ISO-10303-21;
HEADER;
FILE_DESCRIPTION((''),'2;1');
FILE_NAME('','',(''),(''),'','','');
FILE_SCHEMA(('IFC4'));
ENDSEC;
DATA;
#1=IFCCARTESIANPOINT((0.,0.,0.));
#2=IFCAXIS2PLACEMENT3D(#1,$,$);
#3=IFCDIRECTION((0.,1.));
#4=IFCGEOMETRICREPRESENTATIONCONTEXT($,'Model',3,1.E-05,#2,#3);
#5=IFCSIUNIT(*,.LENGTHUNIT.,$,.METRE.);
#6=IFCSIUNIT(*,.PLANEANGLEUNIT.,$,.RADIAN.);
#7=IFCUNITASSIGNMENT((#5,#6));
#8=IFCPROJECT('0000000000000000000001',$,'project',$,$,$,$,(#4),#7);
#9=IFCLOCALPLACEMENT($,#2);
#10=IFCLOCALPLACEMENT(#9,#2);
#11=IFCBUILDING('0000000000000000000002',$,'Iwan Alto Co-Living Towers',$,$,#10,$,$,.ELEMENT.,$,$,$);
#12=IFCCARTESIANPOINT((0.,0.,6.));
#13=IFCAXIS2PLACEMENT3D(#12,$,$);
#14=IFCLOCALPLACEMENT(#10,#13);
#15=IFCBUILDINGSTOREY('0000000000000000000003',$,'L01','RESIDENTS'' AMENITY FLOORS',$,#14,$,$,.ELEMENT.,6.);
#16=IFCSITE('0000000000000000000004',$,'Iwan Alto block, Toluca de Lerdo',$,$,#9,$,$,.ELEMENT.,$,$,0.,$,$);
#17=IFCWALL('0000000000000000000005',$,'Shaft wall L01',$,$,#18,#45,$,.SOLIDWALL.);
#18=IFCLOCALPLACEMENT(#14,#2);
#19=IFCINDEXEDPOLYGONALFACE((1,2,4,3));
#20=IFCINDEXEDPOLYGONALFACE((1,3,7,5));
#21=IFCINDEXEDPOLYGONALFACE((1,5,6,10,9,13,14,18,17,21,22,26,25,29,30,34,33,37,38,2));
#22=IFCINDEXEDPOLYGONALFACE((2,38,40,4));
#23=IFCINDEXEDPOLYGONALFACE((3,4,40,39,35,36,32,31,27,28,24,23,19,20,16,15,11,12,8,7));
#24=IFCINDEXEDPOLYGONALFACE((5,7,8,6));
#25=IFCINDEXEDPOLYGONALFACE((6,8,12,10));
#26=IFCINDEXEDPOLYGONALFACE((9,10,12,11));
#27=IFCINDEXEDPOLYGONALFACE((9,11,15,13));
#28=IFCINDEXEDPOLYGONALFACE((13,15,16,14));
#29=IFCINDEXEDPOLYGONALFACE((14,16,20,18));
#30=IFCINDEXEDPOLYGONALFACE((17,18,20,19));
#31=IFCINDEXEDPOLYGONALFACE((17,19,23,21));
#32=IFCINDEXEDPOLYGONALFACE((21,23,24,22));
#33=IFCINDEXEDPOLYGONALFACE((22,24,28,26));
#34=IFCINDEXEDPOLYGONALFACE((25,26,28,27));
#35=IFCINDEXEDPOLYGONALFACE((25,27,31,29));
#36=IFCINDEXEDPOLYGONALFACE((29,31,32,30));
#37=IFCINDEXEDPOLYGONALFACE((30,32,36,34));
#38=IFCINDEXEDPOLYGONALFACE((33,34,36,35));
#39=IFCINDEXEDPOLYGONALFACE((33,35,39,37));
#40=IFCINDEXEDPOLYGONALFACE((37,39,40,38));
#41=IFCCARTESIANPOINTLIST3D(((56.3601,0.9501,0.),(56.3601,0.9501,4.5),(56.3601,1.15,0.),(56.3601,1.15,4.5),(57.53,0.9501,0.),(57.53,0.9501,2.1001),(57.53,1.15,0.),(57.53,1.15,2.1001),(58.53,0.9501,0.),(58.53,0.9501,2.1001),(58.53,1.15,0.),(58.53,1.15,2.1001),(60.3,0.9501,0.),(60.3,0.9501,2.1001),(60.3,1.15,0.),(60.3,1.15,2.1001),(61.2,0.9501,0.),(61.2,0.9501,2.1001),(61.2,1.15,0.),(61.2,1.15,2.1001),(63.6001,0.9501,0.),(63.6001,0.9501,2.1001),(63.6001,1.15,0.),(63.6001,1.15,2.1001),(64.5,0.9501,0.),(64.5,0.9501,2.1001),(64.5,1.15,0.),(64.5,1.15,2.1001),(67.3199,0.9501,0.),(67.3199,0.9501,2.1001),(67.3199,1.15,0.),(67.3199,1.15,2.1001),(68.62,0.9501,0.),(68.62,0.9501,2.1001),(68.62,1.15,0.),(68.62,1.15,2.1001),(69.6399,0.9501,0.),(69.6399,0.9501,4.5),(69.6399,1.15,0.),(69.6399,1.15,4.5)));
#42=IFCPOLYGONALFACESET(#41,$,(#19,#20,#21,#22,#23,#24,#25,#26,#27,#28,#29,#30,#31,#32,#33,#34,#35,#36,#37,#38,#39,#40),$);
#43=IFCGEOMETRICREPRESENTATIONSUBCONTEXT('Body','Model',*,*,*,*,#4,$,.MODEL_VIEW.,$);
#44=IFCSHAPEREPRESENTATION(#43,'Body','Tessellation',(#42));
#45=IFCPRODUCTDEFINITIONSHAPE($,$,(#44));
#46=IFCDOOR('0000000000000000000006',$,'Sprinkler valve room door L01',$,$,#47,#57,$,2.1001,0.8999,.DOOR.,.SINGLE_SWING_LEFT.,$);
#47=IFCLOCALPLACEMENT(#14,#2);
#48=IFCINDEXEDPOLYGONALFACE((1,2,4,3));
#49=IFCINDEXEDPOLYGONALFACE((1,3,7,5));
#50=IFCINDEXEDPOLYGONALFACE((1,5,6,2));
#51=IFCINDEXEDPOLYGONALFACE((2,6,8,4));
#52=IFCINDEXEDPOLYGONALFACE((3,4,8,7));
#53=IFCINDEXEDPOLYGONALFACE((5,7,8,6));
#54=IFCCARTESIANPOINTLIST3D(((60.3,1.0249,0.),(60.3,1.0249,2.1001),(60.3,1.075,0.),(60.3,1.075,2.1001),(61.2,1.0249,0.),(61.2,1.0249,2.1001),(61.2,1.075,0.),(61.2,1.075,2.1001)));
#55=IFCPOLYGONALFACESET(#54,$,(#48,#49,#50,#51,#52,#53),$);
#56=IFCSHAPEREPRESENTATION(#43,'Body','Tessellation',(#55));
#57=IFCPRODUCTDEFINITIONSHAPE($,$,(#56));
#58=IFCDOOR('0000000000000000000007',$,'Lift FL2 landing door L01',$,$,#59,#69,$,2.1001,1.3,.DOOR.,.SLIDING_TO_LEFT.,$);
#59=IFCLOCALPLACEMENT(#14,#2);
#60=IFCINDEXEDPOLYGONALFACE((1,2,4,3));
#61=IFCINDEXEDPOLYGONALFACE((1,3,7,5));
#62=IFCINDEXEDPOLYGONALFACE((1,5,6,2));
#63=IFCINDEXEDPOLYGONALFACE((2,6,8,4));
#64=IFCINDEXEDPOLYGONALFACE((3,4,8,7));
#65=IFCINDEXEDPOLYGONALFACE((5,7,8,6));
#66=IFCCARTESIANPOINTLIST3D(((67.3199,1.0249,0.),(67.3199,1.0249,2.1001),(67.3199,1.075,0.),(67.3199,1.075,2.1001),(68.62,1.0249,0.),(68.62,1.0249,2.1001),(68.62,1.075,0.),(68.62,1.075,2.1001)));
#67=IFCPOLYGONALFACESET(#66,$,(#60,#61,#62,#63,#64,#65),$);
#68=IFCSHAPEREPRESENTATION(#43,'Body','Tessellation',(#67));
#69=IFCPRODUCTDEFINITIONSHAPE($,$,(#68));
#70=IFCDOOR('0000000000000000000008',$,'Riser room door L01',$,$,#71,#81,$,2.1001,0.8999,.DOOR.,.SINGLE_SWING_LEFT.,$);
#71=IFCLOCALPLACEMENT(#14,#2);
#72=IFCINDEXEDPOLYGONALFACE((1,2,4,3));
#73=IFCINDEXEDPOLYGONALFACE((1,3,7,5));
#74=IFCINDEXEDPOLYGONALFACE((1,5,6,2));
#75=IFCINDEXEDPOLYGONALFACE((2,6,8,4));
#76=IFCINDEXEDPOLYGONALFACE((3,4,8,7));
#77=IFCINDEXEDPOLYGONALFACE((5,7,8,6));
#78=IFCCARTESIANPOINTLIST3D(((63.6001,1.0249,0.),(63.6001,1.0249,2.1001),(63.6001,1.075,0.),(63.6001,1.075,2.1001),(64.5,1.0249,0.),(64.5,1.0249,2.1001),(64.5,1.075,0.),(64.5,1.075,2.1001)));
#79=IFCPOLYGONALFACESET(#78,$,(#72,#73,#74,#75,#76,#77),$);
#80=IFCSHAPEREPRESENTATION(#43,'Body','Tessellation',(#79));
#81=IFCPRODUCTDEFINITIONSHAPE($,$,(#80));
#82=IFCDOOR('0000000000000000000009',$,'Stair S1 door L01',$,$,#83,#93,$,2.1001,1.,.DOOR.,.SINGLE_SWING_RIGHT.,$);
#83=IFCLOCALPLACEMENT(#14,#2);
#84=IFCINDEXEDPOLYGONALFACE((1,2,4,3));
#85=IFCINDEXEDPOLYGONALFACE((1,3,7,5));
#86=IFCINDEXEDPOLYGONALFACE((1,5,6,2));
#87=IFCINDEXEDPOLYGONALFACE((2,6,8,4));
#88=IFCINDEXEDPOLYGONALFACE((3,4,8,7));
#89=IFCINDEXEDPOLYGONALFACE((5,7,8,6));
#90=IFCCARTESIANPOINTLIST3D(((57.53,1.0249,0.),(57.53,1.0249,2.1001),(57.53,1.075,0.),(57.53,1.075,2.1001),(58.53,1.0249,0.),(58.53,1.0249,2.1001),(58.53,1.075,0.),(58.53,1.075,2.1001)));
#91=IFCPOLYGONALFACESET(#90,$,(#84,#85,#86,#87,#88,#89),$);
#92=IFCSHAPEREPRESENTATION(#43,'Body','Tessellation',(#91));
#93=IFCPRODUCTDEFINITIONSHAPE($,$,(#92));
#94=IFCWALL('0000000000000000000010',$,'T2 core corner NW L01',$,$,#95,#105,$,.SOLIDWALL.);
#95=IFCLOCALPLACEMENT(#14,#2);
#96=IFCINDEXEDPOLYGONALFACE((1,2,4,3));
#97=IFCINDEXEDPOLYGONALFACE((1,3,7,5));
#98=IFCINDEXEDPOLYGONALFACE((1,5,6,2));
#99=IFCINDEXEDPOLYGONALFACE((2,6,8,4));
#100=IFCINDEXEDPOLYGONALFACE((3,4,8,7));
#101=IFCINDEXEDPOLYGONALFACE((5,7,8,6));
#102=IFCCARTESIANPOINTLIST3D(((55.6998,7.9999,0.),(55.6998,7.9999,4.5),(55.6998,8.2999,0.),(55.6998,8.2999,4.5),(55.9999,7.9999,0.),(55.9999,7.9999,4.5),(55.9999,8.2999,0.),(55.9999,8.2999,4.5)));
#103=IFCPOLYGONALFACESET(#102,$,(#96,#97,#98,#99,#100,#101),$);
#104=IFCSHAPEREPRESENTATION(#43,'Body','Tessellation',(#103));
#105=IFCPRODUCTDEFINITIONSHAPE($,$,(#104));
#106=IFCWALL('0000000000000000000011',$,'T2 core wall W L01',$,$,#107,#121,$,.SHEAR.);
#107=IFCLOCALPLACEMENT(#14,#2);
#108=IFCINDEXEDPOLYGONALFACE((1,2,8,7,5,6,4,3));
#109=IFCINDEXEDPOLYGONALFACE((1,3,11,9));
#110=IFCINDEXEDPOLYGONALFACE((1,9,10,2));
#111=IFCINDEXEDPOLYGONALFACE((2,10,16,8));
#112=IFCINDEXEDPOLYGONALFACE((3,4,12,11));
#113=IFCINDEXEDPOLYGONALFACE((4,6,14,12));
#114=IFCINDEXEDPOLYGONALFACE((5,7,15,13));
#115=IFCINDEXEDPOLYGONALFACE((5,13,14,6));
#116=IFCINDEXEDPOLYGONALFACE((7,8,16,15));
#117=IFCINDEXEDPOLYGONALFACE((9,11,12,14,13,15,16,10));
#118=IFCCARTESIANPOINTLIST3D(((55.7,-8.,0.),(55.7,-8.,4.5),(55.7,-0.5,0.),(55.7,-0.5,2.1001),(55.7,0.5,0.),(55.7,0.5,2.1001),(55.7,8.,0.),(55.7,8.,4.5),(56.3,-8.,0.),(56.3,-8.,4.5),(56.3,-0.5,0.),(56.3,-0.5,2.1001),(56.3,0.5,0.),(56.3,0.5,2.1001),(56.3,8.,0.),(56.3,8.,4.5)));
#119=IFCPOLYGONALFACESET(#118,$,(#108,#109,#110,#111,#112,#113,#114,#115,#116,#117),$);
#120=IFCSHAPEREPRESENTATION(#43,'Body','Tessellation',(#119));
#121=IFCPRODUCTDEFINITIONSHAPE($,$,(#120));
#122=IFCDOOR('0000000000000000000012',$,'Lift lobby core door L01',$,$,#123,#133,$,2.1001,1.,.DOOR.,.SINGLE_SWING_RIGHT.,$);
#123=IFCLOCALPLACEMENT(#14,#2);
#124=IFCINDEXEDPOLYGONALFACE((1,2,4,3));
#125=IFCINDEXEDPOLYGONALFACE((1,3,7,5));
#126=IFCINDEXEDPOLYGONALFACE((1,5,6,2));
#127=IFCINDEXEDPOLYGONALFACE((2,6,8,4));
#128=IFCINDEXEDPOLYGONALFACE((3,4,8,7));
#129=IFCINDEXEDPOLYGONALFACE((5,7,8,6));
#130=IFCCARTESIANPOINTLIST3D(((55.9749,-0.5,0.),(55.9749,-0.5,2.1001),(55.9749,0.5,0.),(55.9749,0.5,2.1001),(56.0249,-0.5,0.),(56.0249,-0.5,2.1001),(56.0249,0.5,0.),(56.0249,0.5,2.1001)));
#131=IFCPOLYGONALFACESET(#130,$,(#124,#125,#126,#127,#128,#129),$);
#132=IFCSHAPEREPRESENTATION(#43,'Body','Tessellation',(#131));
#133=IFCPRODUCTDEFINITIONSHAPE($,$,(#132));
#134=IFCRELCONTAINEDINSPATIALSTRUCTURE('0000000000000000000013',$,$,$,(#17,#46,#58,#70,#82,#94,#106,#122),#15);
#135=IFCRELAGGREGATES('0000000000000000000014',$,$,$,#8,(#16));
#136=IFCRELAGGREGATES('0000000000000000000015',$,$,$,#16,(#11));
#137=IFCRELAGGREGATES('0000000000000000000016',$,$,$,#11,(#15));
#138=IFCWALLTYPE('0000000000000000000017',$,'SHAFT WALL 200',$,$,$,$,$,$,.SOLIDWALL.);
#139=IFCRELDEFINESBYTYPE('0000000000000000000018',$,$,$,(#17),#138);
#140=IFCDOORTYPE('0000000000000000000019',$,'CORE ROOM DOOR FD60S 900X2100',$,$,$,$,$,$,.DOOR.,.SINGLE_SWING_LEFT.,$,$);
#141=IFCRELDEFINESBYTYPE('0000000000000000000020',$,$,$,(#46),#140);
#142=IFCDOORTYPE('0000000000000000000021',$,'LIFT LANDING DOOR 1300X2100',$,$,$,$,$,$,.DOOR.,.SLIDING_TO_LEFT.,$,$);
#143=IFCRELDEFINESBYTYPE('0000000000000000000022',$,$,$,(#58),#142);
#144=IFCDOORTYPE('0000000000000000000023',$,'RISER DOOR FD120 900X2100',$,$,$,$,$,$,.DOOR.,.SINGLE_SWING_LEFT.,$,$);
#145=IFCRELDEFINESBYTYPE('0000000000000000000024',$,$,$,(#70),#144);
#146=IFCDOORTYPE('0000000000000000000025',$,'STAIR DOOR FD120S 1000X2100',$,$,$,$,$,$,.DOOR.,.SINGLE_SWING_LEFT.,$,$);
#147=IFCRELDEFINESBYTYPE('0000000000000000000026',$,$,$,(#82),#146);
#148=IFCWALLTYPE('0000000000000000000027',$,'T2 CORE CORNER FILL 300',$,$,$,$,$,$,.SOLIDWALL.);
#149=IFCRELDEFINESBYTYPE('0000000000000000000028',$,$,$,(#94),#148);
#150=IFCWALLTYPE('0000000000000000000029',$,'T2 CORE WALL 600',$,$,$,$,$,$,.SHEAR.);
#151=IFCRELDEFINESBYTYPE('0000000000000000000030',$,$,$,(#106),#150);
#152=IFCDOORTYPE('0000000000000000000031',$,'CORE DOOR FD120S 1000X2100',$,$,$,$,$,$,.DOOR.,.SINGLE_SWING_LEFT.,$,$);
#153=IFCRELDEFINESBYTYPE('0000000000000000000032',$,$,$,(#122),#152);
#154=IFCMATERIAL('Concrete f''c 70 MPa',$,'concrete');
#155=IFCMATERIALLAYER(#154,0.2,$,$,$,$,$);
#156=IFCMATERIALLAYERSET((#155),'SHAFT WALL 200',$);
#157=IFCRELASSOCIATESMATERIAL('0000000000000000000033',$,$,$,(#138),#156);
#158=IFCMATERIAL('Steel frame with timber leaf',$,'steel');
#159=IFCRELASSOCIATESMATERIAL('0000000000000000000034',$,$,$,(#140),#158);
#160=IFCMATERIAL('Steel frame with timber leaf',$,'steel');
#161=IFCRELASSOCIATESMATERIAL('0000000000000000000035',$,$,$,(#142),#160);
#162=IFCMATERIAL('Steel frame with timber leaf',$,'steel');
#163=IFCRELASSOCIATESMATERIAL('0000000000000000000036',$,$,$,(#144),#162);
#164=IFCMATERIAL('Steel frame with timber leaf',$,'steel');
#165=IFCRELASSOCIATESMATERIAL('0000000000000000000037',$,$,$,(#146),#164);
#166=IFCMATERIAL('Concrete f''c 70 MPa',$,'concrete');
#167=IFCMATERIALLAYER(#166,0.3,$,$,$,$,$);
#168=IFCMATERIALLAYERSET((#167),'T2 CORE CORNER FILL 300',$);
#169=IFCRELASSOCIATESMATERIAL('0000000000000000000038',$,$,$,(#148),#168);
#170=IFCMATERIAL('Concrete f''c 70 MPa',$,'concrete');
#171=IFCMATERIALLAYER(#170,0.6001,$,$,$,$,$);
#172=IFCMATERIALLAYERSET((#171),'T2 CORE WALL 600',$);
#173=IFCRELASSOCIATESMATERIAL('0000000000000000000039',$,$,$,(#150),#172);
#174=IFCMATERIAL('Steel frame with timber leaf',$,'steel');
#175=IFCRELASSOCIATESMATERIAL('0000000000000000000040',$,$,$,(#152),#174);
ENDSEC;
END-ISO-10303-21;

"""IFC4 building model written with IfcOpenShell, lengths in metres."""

from ifc_helpers import new_model, si_unit, direction, frame, frame_2d, origin, place, context, subcontext, project, spatial, rectangle, extrude, material, layer, layer_set, type_object, element, fill, save


model = new_model("IFC4")

# Units and contexts
model_context = context("Model", 3, precision=1e-05, world=origin(), true_north=direction((0.0, 1.0)))
body_context = subcontext(model_context, "Body", "Model", "MODEL_VIEW")
ifc_project = project(units=[si_unit("LENGTHUNIT", "METRE"), si_unit("PLANEANGLEUNIT", "RADIAN")], contexts=[model_context])

# Site, building, storey
site_placement = place(None, origin())
site = spatial("IfcSite", under=ifc_project, at=site_placement, Name="Iwan Alto block, Toluca de Lerdo", CompositionType="ELEMENT", RefElevation=0.0)
building_placement = place(site_placement, origin())
building = spatial("IfcBuilding", under=site, at=building_placement, Name="Iwan Alto Co-Living Towers", CompositionType="ELEMENT")
storey_placement = place(building_placement, frame((0.0, 0.0, 6.0)))
storey = spatial("IfcBuildingStorey", under=building, at=storey_placement, Name="L01", Description="RESIDENTS' AMENITY FLOORS", CompositionType="ELEMENT", Elevation=6.0)

# Wall, openings, doors
ifc_material_1 = material(Name="Concrete f'c 70 MPa", Category="concrete")
ifc_layer_1 = layer(ifc_material_1, 0.2)
ifc_layer_set_1 = layer_set([ifc_layer_1], Name="SHAFT WALL 200")
wall_type_1 = type_object("IfcWallType", Name="SHAFT WALL 200", PredefinedType="SOLIDWALL", material=ifc_layer_set_1)
wall_1_placement = place(storey_placement, frame((56.3601, 1.05, 0.0), z_axis=(0.0, 0.0, 1.0), x_axis=(1.0, 0.0, 0.0)))
wall_1 = element("IfcWall", 1, at=wall_1_placement, inside=storey, type_object=wall_type_1, Name="Shaft wall L01", PredefinedType="SOLIDWALL", context=body_context, shape_type="SweptSolid", body=[
    extrude(rectangle(XDim=13.2798, YDim=0.2, at=frame_2d((6.6399, 0.0))), origin(), (0.0, 0.0, 1.0), 4.5),
])
opening_1_placement = place(wall_1_placement, frame((1.1699, 0.0, 0.0)))
opening_1 = element("IfcOpeningElement", 2, at=opening_1_placement, cuts=wall_1, PredefinedType="OPENING", context=body_context, shape_type="SweptSolid", body=[
    extrude(rectangle(XDim=1.0, YDim=2.1001, at=frame_2d((0.5, 1.05))), frame((0.0, 0.1099, 0.0), z_axis=(0.0, -1.0, 0.0), x_axis=(1.0, 0.0, 0.0)), (0.0, 0.0, 1.0), 0.22),
])
opening_2_placement = place(wall_1_placement, frame((7.24, 0.0, 0.0)))
opening_2 = element("IfcOpeningElement", 3, at=opening_2_placement, cuts=wall_1, PredefinedType="OPENING", context=body_context, shape_type="SweptSolid", body=[
    extrude(rectangle(XDim=0.8999, YDim=2.1001, at=frame_2d((0.45, 1.05))), frame((0.0, 0.1099, 0.0), z_axis=(0.0, -1.0, 0.0), x_axis=(1.0, 0.0, 0.0)), (0.0, 0.0, 1.0), 0.22),
])
opening_3_placement = place(wall_1_placement, frame((3.9399, 0.0, 0.0)))
opening_3 = element("IfcOpeningElement", 4, at=opening_3_placement, cuts=wall_1, PredefinedType="OPENING", context=body_context, shape_type="SweptSolid", body=[
    extrude(rectangle(XDim=0.8999, YDim=2.1001, at=frame_2d((0.45, 1.05))), frame((0.0, 0.1099, 0.0), z_axis=(0.0, -1.0, 0.0), x_axis=(1.0, 0.0, 0.0)), (0.0, 0.0, 1.0), 0.22),
])
opening_4_placement = place(wall_1_placement, frame((10.96, 0.0, 0.0)))
opening_4 = element("IfcOpeningElement", 5, at=opening_4_placement, cuts=wall_1, PredefinedType="OPENING", context=body_context, shape_type="SweptSolid", body=[
    extrude(rectangle(XDim=1.3, YDim=2.1001, at=frame_2d((0.6499, 1.05))), frame((0.0, 0.1099, 0.0), z_axis=(0.0, -1.0, 0.0), x_axis=(1.0, 0.0, 0.0)), (0.0, 0.0, 1.0), 0.22),
])
ifc_material_2 = material(Name="Steel frame with timber leaf", Category="steel")
door_type_1 = type_object("IfcDoorType", Name="CORE ROOM DOOR FD60S 900X2100", OperationType="SINGLE_SWING_LEFT", PredefinedType="DOOR", material=ifc_material_2)
door_1_placement = place(opening_3_placement, origin())
door_1 = element("IfcDoor", 6, at=door_1_placement, inside=storey, type_object=door_type_1, Name="Sprinkler valve room door L01", OperationType="SINGLE_SWING_LEFT", OverallHeight=2.1001, OverallWidth=0.8999, PredefinedType="DOOR", context=body_context, shape_type="SweptSolid", body=[
    extrude(rectangle(XDim=0.8999, YDim=2.1001, at=frame_2d((0.45, 1.05))), frame((0.0, 0.0249, 0.0), z_axis=(0.0, -1.0, 0.0), x_axis=(1.0, 0.0, 0.0)), (0.0, 0.0, 1.0), 0.05),
])
fill(opening_3, door_1)
ifc_material_3 = material(Name="Steel frame with timber leaf", Category="steel")
door_type_2 = type_object("IfcDoorType", Name="LIFT LANDING DOOR 1300X2100", OperationType="SLIDING_TO_LEFT", PredefinedType="DOOR", material=ifc_material_3)
door_2_placement = place(opening_4_placement, origin())
door_2 = element("IfcDoor", 7, at=door_2_placement, inside=storey, type_object=door_type_2, Name="Lift FL2 landing door L01", OperationType="SLIDING_TO_LEFT", OverallHeight=2.1001, OverallWidth=1.3, PredefinedType="DOOR", context=body_context, shape_type="SweptSolid", body=[
    extrude(rectangle(XDim=1.3, YDim=2.1001, at=frame_2d((0.6499, 1.05))), frame((0.0, 0.0249, 0.0), z_axis=(0.0, -1.0, 0.0), x_axis=(1.0, 0.0, 0.0)), (0.0, 0.0, 1.0), 0.05),
])
fill(opening_4, door_2)
ifc_material_4 = material(Name="Steel frame with timber leaf", Category="steel")
door_type_3 = type_object("IfcDoorType", Name="RISER DOOR FD120 900X2100", OperationType="SINGLE_SWING_LEFT", PredefinedType="DOOR", material=ifc_material_4)
door_3_placement = place(opening_2_placement, origin())
door_3 = element("IfcDoor", 8, at=door_3_placement, inside=storey, type_object=door_type_3, Name="Riser room door L01", OperationType="SINGLE_SWING_LEFT", OverallHeight=2.1001, OverallWidth=0.8999, PredefinedType="DOOR", context=body_context, shape_type="SweptSolid", body=[
    extrude(rectangle(XDim=0.8999, YDim=2.1001, at=frame_2d((0.45, 1.05))), frame((0.0, 0.0249, 0.0), z_axis=(0.0, -1.0, 0.0), x_axis=(1.0, 0.0, 0.0)), (0.0, 0.0, 1.0), 0.05),
])
fill(opening_2, door_3)
ifc_material_5 = material(Name="Steel frame with timber leaf", Category="steel")
door_type_4 = type_object("IfcDoorType", Name="STAIR DOOR FD120S 1000X2100", OperationType="SINGLE_SWING_LEFT", PredefinedType="DOOR", material=ifc_material_5)
door_4_placement = place(opening_1_placement, origin())
door_4 = element("IfcDoor", 9, at=door_4_placement, inside=storey, type_object=door_type_4, Name="Stair S1 door L01", OperationType="SINGLE_SWING_RIGHT", OverallHeight=2.1001, OverallWidth=1.0, PredefinedType="DOOR", context=body_context, shape_type="SweptSolid", body=[
    extrude(rectangle(XDim=1.0, YDim=2.1001, at=frame_2d((0.5, 1.05))), frame((0.0, 0.0249, 0.0), z_axis=(0.0, -1.0, 0.0), x_axis=(1.0, 0.0, 0.0)), (0.0, 0.0, 1.0), 0.05),
])
fill(opening_1, door_4)

# Wall
ifc_material_6 = material(Name="Concrete f'c 70 MPa", Category="concrete")
ifc_layer_2 = layer(ifc_material_6, 0.3)
ifc_layer_set_2 = layer_set([ifc_layer_2], Name="T2 CORE CORNER FILL 300")
wall_type_2 = type_object("IfcWallType", Name="T2 CORE CORNER FILL 300", PredefinedType="SOLIDWALL", material=ifc_layer_set_2)
wall_2_placement = place(storey_placement, frame((55.7, 8.1499, 0.0), z_axis=(0.0, 0.0, 1.0), x_axis=(1.0, 0.0, 0.0)))
element("IfcWall", 10, at=wall_2_placement, inside=storey, type_object=wall_type_2, Name="T2 core corner NW L01", PredefinedType="SOLIDWALL", context=body_context, shape_type="SweptSolid", body=[
    extrude(rectangle(XDim=0.3, YDim=0.3, at=frame_2d((0.1499, 0.0))), origin(), (0.0, 0.0, 1.0), 4.5),
])

# Wall, opening, door
ifc_material_7 = material(Name="Concrete f'c 70 MPa", Category="concrete")
ifc_layer_3 = layer(ifc_material_7, 0.6001)
ifc_layer_set_3 = layer_set([ifc_layer_3], Name="T2 CORE WALL 600")
wall_type_3 = type_object("IfcWallType", Name="T2 CORE WALL 600", PredefinedType="SHEAR", material=ifc_layer_set_3)
wall_3_placement = place(storey_placement, frame((56.0, 8.0, 0.0), z_axis=(0.0, 0.0, 1.0), x_axis=(0.0, -1.0, 0.0)))
wall_3 = element("IfcWall", 11, at=wall_3_placement, inside=storey, type_object=wall_type_3, Name="T2 core wall W L01", PredefinedType="SHEAR", context=body_context, shape_type="SweptSolid", body=[
    extrude(rectangle(XDim=16.0, YDim=0.6001, at=frame_2d((8.0, 0.0))), origin(), (0.0, 0.0, 1.0), 4.5),
])
opening_5_placement = place(wall_3_placement, frame((7.5, 0.0, 0.0)))
opening_5 = element("IfcOpeningElement", 12, at=opening_5_placement, cuts=wall_3, PredefinedType="OPENING", context=body_context, shape_type="SweptSolid", body=[
    extrude(rectangle(XDim=1.0, YDim=2.1001, at=frame_2d((0.5, 1.05))), frame((0.0, 0.3101, 0.0), z_axis=(0.0, -1.0, 0.0), x_axis=(1.0, 0.0, 0.0)), (0.0, 0.0, 1.0), 0.6201),
])
ifc_material_8 = material(Name="Steel frame with timber leaf", Category="steel")
door_type_5 = type_object("IfcDoorType", Name="CORE DOOR FD120S 1000X2100", OperationType="SINGLE_SWING_LEFT", PredefinedType="DOOR", material=ifc_material_8)
door_5_placement = place(opening_5_placement, origin())
door_5 = element("IfcDoor", 13, at=door_5_placement, inside=storey, type_object=door_type_5, Name="Lift lobby core door L01", OperationType="SINGLE_SWING_RIGHT", OverallHeight=2.1001, OverallWidth=1.0, PredefinedType="DOOR", context=body_context, shape_type="SweptSolid", body=[
    extrude(rectangle(XDim=1.0, YDim=2.1001, at=frame_2d((0.5, 1.05))), frame((0.0, 0.0249, 0.0), z_axis=(0.0, -1.0, 0.0), x_axis=(1.0, 0.0, 0.0)), (0.0, 0.0, 1.0), 0.05),
])
fill(opening_5, door_5)

save(model, "model.ifc")
